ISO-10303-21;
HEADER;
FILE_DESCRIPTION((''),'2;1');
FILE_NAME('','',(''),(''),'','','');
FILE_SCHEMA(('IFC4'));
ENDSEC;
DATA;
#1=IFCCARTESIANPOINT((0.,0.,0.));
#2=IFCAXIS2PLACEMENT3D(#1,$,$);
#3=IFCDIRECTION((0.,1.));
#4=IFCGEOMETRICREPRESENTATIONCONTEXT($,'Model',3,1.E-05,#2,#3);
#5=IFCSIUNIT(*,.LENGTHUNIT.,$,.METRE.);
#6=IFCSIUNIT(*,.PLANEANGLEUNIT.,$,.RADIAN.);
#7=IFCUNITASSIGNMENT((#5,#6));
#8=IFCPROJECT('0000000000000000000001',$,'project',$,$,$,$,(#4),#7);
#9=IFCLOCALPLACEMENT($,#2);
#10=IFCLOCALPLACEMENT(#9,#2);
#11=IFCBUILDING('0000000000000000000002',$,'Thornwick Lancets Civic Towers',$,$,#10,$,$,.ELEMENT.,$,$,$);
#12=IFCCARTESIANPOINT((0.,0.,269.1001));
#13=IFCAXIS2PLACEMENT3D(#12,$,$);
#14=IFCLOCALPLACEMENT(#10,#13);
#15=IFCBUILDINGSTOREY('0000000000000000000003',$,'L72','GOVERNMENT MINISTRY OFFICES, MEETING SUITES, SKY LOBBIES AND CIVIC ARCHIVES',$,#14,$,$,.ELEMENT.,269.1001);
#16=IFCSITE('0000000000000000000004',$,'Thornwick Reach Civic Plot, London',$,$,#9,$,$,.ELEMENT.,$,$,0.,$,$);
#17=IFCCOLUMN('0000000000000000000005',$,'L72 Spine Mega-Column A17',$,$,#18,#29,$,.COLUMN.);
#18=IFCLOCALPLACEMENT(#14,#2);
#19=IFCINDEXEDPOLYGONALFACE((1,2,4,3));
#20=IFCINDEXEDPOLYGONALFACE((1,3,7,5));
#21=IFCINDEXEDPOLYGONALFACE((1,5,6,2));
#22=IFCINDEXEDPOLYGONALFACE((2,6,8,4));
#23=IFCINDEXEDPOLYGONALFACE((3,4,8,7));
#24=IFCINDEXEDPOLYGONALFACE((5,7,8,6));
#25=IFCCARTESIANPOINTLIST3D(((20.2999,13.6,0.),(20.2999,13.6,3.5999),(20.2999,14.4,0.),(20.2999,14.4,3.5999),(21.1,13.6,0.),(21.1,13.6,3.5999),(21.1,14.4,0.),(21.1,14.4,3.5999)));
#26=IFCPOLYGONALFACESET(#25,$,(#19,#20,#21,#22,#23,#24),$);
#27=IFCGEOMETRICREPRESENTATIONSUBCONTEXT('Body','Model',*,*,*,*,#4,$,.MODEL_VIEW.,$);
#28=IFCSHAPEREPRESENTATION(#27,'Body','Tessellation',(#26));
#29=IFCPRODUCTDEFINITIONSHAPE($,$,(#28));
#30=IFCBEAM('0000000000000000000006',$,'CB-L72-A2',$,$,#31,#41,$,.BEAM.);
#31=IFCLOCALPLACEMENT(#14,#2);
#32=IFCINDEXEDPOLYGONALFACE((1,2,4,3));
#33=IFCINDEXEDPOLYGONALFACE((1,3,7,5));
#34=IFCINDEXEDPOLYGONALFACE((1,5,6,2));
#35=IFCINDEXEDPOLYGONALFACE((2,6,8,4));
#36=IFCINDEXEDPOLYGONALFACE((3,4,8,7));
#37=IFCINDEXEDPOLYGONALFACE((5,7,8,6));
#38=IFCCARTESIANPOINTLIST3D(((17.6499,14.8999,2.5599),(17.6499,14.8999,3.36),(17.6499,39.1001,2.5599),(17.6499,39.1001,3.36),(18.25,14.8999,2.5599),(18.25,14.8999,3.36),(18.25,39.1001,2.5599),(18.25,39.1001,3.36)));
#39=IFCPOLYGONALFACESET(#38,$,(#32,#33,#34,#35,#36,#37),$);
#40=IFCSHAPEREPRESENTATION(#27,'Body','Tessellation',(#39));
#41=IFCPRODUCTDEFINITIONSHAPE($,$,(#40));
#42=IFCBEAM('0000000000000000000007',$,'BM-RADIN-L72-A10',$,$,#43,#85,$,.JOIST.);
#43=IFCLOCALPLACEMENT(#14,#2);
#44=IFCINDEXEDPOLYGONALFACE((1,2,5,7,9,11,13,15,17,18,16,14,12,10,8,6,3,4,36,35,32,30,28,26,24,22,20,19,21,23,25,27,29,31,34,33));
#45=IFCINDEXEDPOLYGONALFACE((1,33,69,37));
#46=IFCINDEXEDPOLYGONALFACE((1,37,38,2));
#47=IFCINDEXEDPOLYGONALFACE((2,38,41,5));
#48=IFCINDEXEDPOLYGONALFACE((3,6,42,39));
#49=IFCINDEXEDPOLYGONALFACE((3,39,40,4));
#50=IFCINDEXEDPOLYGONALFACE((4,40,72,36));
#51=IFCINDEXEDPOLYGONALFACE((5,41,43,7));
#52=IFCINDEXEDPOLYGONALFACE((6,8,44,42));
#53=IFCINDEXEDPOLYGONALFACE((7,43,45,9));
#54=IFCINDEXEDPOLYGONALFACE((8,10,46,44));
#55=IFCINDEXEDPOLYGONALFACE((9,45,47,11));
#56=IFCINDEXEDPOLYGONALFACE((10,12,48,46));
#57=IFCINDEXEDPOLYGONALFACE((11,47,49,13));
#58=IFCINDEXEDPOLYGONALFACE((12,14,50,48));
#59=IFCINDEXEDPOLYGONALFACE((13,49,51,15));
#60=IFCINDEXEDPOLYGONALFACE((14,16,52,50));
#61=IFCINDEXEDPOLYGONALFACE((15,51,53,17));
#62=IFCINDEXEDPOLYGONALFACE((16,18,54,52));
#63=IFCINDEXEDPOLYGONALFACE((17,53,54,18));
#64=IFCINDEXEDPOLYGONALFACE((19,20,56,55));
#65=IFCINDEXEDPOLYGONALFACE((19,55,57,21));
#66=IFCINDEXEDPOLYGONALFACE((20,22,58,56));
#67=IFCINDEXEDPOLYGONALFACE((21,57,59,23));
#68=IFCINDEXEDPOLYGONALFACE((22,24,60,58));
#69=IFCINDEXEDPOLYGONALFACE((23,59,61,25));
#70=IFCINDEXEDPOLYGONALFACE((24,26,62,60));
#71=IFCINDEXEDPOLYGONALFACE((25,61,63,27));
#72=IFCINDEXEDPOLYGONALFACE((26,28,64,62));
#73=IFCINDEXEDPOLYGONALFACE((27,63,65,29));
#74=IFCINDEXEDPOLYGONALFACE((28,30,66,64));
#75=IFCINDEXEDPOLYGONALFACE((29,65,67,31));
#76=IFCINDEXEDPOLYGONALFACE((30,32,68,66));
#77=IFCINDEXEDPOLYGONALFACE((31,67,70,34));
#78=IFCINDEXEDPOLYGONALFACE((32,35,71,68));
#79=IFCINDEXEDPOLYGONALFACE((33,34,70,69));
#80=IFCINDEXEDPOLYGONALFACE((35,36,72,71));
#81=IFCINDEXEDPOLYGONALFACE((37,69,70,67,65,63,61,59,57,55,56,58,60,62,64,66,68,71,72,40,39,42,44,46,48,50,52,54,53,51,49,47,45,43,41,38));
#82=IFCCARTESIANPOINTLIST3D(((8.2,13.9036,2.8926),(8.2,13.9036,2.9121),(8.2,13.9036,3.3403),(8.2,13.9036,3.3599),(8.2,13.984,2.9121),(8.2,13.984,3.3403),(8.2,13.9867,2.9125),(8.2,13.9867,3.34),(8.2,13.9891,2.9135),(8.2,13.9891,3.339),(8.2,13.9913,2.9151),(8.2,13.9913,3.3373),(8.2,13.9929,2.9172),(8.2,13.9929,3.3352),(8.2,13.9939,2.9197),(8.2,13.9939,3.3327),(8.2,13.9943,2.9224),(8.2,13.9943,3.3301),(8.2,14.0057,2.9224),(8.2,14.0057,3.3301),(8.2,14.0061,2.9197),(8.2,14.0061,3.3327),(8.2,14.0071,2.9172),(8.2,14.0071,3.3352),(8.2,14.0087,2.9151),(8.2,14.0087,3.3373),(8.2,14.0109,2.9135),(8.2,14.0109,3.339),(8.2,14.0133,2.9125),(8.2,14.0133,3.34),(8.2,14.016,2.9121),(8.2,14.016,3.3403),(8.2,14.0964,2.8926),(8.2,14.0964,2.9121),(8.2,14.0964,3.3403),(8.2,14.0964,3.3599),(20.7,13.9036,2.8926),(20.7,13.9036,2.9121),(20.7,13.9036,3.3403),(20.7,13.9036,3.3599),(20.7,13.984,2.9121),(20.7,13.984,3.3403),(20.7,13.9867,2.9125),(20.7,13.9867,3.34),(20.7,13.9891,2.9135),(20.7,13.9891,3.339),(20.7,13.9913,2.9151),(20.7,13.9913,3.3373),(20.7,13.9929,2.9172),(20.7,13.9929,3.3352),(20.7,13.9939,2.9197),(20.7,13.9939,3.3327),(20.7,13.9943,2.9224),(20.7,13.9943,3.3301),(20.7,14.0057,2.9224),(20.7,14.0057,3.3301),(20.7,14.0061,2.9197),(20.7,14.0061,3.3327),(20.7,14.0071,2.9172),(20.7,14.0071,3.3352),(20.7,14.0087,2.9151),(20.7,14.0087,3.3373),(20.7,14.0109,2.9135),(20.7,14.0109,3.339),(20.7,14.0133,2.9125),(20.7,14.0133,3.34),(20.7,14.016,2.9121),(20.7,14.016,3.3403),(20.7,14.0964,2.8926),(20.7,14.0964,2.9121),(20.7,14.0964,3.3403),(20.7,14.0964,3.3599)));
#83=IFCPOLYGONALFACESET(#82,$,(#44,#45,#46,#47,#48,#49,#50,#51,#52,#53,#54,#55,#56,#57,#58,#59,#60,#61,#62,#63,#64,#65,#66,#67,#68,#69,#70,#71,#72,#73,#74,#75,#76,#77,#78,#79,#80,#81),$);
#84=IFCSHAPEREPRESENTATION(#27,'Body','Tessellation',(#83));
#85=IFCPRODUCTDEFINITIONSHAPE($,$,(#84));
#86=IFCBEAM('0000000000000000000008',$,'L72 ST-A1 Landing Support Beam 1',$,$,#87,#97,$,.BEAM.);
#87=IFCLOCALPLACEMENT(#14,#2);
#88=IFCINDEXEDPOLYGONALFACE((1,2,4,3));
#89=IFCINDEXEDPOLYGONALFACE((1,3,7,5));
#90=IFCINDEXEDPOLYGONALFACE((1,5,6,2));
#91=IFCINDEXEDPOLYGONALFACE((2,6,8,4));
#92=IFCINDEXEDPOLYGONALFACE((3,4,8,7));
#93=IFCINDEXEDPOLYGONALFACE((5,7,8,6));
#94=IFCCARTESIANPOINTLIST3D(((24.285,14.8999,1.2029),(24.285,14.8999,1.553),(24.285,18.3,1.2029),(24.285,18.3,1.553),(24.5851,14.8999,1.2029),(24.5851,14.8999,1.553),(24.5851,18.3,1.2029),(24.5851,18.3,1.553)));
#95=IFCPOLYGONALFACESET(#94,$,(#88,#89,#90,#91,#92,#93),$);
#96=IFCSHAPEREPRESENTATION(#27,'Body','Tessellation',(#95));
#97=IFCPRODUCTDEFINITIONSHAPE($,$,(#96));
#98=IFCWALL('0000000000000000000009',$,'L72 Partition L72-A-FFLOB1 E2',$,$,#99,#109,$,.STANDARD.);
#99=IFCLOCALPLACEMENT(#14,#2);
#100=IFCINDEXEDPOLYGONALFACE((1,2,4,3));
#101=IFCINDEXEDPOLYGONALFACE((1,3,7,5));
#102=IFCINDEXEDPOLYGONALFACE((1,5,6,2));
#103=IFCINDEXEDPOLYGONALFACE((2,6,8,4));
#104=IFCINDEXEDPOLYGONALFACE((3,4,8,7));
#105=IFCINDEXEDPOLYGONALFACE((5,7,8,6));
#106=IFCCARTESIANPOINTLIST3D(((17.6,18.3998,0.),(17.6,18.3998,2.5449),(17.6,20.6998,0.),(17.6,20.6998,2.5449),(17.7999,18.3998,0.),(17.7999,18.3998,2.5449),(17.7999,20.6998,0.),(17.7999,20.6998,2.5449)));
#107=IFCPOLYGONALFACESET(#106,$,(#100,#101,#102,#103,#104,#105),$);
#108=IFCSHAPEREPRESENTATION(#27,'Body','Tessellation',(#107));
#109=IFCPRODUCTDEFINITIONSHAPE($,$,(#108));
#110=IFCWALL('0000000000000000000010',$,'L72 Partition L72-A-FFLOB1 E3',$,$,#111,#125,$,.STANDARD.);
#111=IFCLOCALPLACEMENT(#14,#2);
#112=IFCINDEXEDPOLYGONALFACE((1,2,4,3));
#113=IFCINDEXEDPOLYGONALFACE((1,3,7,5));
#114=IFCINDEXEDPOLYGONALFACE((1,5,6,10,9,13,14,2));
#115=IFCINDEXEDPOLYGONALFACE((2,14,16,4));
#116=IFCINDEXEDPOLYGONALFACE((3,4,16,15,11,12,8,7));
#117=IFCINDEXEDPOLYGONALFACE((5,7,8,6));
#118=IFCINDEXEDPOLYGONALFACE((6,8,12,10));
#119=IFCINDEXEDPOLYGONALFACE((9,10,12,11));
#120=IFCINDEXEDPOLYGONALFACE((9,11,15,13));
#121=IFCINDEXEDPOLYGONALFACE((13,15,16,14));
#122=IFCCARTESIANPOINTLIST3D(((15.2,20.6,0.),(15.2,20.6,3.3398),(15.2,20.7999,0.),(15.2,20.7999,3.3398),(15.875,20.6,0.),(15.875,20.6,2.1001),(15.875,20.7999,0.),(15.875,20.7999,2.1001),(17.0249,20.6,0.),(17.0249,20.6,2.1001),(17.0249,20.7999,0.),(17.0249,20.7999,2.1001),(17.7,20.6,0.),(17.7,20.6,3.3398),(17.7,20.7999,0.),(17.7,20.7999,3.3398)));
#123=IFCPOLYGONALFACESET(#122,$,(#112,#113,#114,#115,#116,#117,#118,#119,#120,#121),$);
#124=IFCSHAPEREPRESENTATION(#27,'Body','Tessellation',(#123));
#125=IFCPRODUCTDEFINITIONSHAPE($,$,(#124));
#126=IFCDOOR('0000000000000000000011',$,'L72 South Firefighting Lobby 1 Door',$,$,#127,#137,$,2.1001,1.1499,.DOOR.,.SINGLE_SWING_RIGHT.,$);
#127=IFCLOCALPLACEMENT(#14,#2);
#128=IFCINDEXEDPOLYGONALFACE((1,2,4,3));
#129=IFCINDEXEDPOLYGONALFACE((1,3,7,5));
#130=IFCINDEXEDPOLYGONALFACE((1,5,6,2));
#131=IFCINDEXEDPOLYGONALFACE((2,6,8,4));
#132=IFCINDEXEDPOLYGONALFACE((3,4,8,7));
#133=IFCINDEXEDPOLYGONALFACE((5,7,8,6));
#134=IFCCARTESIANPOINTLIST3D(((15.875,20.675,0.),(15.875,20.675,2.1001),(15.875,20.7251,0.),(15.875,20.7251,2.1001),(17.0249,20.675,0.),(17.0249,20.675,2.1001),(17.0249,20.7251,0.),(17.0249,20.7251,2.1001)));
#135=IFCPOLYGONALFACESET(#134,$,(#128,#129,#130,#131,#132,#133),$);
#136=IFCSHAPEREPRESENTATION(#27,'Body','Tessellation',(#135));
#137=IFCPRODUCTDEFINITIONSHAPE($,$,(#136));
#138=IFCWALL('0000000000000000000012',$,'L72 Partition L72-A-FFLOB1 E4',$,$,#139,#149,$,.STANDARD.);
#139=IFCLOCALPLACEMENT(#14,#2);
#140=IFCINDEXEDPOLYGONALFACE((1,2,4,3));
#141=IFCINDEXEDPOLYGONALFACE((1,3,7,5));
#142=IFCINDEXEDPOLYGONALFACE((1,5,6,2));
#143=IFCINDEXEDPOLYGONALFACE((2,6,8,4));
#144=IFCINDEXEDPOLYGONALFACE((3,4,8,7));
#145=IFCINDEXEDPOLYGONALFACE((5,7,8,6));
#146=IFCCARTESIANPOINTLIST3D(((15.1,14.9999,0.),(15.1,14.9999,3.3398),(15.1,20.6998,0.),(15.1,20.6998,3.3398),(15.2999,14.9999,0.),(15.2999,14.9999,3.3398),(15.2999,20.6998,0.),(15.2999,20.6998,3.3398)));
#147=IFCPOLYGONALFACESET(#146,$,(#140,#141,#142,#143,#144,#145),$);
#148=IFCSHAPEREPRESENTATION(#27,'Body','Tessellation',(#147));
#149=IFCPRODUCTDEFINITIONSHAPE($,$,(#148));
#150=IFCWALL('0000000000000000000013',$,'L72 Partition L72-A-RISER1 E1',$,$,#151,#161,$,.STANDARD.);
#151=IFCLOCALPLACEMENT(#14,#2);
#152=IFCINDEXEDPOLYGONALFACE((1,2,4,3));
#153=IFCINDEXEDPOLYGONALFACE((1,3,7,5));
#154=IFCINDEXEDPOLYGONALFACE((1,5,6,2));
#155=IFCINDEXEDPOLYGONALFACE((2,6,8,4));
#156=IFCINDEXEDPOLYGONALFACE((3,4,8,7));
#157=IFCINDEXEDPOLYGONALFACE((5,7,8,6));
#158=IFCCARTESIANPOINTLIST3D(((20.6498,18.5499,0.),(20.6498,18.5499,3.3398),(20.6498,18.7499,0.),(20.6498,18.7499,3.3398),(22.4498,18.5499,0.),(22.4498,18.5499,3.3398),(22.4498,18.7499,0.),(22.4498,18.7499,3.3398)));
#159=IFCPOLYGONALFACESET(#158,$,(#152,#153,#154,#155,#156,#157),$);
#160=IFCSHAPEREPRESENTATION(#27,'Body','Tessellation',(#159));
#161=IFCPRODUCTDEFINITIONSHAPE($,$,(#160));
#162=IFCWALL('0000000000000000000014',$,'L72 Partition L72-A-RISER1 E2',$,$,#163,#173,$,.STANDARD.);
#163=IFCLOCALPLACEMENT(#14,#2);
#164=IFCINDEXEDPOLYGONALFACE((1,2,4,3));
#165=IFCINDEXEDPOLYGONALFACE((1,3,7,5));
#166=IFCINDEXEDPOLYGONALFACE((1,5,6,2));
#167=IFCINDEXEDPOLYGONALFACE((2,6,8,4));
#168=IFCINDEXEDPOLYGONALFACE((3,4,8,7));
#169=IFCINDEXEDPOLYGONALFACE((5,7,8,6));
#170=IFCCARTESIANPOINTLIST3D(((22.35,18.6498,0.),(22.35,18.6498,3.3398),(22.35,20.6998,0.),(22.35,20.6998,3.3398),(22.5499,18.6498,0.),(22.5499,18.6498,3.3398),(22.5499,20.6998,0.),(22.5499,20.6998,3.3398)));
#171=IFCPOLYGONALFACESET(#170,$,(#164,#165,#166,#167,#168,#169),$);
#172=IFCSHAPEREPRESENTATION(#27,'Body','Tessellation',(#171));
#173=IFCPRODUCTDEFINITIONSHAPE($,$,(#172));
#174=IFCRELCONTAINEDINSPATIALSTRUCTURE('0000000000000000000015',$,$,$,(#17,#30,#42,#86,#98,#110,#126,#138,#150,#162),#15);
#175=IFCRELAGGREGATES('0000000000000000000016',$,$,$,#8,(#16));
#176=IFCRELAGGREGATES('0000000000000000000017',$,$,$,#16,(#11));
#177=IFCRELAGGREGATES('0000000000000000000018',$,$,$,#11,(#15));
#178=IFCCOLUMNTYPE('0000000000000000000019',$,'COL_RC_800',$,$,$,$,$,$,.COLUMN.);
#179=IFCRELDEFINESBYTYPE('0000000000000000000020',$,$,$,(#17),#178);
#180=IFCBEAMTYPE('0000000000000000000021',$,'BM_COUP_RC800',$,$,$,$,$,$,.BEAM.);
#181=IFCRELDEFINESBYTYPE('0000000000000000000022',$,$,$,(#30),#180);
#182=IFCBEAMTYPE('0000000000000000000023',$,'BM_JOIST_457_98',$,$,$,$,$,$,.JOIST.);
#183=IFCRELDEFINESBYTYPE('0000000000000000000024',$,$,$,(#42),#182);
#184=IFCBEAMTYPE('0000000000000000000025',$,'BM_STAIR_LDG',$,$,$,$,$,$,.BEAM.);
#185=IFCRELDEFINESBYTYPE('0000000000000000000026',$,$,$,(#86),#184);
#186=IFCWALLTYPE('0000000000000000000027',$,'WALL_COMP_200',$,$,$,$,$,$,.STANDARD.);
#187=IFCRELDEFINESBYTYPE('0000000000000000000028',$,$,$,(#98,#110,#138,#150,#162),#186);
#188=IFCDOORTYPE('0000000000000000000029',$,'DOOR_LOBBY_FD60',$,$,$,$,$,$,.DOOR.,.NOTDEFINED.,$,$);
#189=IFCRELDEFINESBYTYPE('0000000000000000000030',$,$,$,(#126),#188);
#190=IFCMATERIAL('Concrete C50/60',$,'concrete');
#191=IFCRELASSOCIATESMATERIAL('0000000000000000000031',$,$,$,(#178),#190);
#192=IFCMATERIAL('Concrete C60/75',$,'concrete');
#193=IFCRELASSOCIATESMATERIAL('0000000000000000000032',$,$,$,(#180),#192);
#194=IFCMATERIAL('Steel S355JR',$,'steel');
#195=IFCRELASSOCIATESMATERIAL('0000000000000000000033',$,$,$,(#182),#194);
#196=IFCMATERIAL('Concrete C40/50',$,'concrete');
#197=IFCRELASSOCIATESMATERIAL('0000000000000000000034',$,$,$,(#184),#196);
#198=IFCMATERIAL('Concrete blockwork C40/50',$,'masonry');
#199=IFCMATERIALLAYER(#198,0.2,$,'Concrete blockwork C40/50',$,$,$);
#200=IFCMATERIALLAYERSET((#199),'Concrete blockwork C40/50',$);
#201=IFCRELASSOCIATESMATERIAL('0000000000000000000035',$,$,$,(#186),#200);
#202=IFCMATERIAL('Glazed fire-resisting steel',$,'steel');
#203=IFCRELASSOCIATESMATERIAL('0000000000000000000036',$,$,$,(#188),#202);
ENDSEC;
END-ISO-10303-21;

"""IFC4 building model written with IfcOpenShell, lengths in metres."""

from ifc_helpers import new_model, si_unit, direction, frame, frame_2d, origin, origin_2d, place, context, subcontext, project, spatial, rectangle, i_section, extrude, material, layer, layer_set, material_profile, profile_set, type_object, element, fill, save


model = new_model("IFC4")

# Units and contexts
model_context = context("Model", 3, precision=1e-05, world=origin(), true_north=direction((0.0, 1.0)))
body_context = subcontext(model_context, "Body", "Model", "MODEL_VIEW")
ifc_project = project(units=[si_unit("LENGTHUNIT", "METRE"), si_unit("PLANEANGLEUNIT", "RADIAN")], contexts=[model_context])

# Site, building, storey
site_placement = place(None, origin())
site = spatial("IfcSite", under=ifc_project, at=site_placement, Name="Thornwick Reach Civic Plot, London", CompositionType="ELEMENT", RefElevation=0.0)
building_placement = place(site_placement, origin())
building = spatial("IfcBuilding", under=site, at=building_placement, Name="Thornwick Lancets Civic Towers", CompositionType="ELEMENT")
storey_placement = place(building_placement, frame((0.0, 0.0, 269.1001)))
storey = spatial("IfcBuildingStorey", under=building, at=storey_placement, Name="L72", Description="GOVERNMENT MINISTRY OFFICES, MEETING SUITES, SKY LOBBIES AND CIVIC ARCHIVES", CompositionType="ELEMENT", Elevation=269.1001)

# Column
ifc_material_1 = material(Name="Concrete C50/60", Category="concrete")
ifc_material_profile_1 = material_profile(ifc_material_1, rectangle(XDim=0.8, YDim=0.8, at=origin_2d()), Name="RC 800x800")
ifc_profile_set_1 = profile_set([ifc_material_profile_1], Name="Concrete C50/60")
column_type = type_object("IfcColumnType", Name="COL_RC_800", PredefinedType="COLUMN", material=ifc_profile_set_1)
column_placement = place(storey_placement, frame((20.7, 14.0, 0.0), z_axis=(0.0, 0.0, 1.0), x_axis=(1.0, 0.0, 0.0)))
element("IfcColumn", 1, at=column_placement, inside=storey, type_object=column_type, Name="L72 Spine Mega-Column A17", PredefinedType="COLUMN", context=body_context, shape_type="SweptSolid", body=[
    extrude(rectangle(XDim=0.8, YDim=0.8, at=origin_2d()), origin(), (0.0, 0.0, 1.0), 3.5999),
])

# Beams
ifc_material_2 = material(Name="Concrete C60/75", Category="concrete")
ifc_material_profile_2 = material_profile(ifc_material_2, rectangle(XDim=0.6001, YDim=0.8, at=origin_2d()), Name="RC 600x800")
ifc_profile_set_2 = profile_set([ifc_material_profile_2], Name="Concrete C60/75")
beam_type_1 = type_object("IfcBeamType", Name="BM_COUP_RC800", PredefinedType="BEAM", material=ifc_profile_set_2)
beam_1_placement = place(storey_placement, frame((17.95, 14.8999, 2.96), z_axis=(0.0, 1.0, 0.0), x_axis=(-1.0, 0.0, 0.0)))
element("IfcBeam", 2, at=beam_1_placement, inside=storey, type_object=beam_type_1, Name="CB-L72-A2", PredefinedType="BEAM", context=body_context, shape_type="SweptSolid", body=[
    extrude(rectangle(XDim=0.6001, YDim=0.8, at=origin_2d()), origin(), (0.0, 0.0, 1.0), 24.2002),
])
ifc_material_3 = material(Name="Steel S355JR", Category="steel")
ifc_material_profile_3 = material_profile(ifc_material_3, i_section(OverallWidth=0.1929, OverallDepth=0.4673, WebThickness=0.0115, FlangeThickness=0.0195, FilletRadius=0.0103, at=origin_2d()), Name="UKB 457x191x98")
ifc_profile_set_3 = profile_set([ifc_material_profile_3], Name="Steel S355JR")
beam_type_2 = type_object("IfcBeamType", Name="BM_JOIST_457_98", PredefinedType="JOIST", material=ifc_profile_set_3)
beam_2_placement = place(storey_placement, frame((20.7, 14.0, 3.1262), z_axis=(-1.0, 0.0, 0.0), x_axis=(0.0, -1.0, 0.0)))
element("IfcBeam", 3, at=beam_2_placement, inside=storey, type_object=beam_type_2, Name="BM-RADIN-L72-A10", PredefinedType="JOIST", context=body_context, shape_type="SweptSolid", body=[
    extrude(i_section(OverallWidth=0.1929, OverallDepth=0.4673, WebThickness=0.0115, FlangeThickness=0.0195, FilletRadius=0.0103, at=origin_2d()), origin(), (0.0, 0.0, 1.0), 12.5),
])
ifc_material_4 = material(Name="Concrete C40/50", Category="concrete")
ifc_material_profile_4 = material_profile(ifc_material_4, rectangle(XDim=0.3, YDim=0.3501, at=origin_2d()), Name="RC 300x350")
ifc_profile_set_4 = profile_set([ifc_material_profile_4], Name="Concrete C40/50")
beam_type_3 = type_object("IfcBeamType", Name="BM_STAIR_LDG", PredefinedType="BEAM", material=ifc_profile_set_4)
beam_3_placement = place(storey_placement, frame((24.4351, 14.8999, 1.3779), z_axis=(0.0, 1.0, 0.0), x_axis=(-1.0, 0.0, 0.0)))
element("IfcBeam", 4, at=beam_3_placement, inside=storey, type_object=beam_type_3, Name="L72 ST-A1 Landing Support Beam 1", PredefinedType="BEAM", context=body_context, shape_type="SweptSolid", body=[
    extrude(rectangle(XDim=0.3, YDim=0.3501, at=origin_2d()), origin(), (0.0, 0.0, 1.0), 3.4001),
])

# Wall
ifc_material_5 = material(Name="Concrete blockwork C40/50", Category="masonry")
ifc_layer_1 = layer(ifc_material_5, 0.2, Name="Concrete blockwork C40/50")
ifc_layer_set_1 = layer_set([ifc_layer_1], Name="Concrete blockwork C40/50")
wall_type_1 = type_object("IfcWallType", Name="WALL_COMP_200", PredefinedType="STANDARD", material=ifc_layer_set_1)
wall_1_placement = place(storey_placement, frame((17.7, 18.3999, 0.0), z_axis=(0.0, 0.0, 1.0), x_axis=(0.0, 1.0, 0.0)))
element("IfcWall", 5, at=wall_1_placement, inside=storey, type_object=wall_type_1, Name="L72 Partition L72-A-FFLOB1 E2", PredefinedType="STANDARD", context=body_context, shape_type="SweptSolid", body=[
    extrude(rectangle(XDim=2.3, YDim=0.2, at=frame_2d((1.1499, 0.0))), origin(), (0.0, 0.0, 1.0), 2.5449),
])

# Wall, opening, door
wall_2_placement = place(storey_placement, frame((17.7, 20.7, 0.0), z_axis=(0.0, 0.0, 1.0), x_axis=(-1.0, 0.0, 0.0)))
wall_2 = element("IfcWall", 6, at=wall_2_placement, inside=storey, type_object=wall_type_1, Name="L72 Partition L72-A-FFLOB1 E3", PredefinedType="STANDARD", context=body_context, shape_type="SweptSolid", body=[
    extrude(rectangle(XDim=2.5, YDim=0.2, at=frame_2d((1.25, 0.0))), origin(), (0.0, 0.0, 1.0), 3.3398),
])
opening_1_placement = place(wall_2_placement, frame((0.675, 0.0, 0.0)))
opening_1 = element("IfcOpeningElement", 7, at=opening_1_placement, cuts=wall_2, PredefinedType="OPENING", context=body_context, shape_type="SweptSolid", body=[
    extrude(rectangle(XDim=1.1499, YDim=2.1001, at=frame_2d((0.575, 1.05))), frame((0.0, 0.1099, 0.0), z_axis=(0.0, -1.0, 0.0), x_axis=(1.0, 0.0, 0.0)), (0.0, 0.0, 1.0), 0.22),
])
ifc_material_6 = material(Name="Glazed fire-resisting steel", Category="steel")
door_type_1 = type_object("IfcDoorType", Name="DOOR_LOBBY_FD60", OperationType="NOTDEFINED", PredefinedType="DOOR", material=ifc_material_6)
door_1_placement = place(opening_1_placement, origin())
door_1 = element("IfcDoor", 8, at=door_1_placement, inside=storey, type_object=door_type_1, Name="L72 South Firefighting Lobby 1 Door", OperationType="SINGLE_SWING_RIGHT", OverallHeight=2.1001, OverallWidth=1.1499, PredefinedType="DOOR", context=body_context, shape_type="SweptSolid", body=[
    extrude(rectangle(XDim=1.1499, YDim=2.1001, at=frame_2d((0.575, 1.05))), frame((0.0, 0.0249, 0.0), z_axis=(0.0, -1.0, 0.0), x_axis=(1.0, 0.0, 0.0)), (0.0, 0.0, 1.0), 0.05),
])
fill(opening_1, door_1)

# Walls
wall_3_placement = place(storey_placement, frame((15.2, 20.7, 0.0), z_axis=(0.0, 0.0, 1.0), x_axis=(0.0, -1.0, 0.0)))
element("IfcWall", 9, at=wall_3_placement, inside=storey, type_object=wall_type_1, Name="L72 Partition L72-A-FFLOB1 E4", PredefinedType="STANDARD", context=body_context, shape_type="SweptSolid", body=[
    extrude(rectangle(XDim=5.7, YDim=0.2, at=frame_2d((2.8501, 0.0))), origin(), (0.0, 0.0, 1.0), 3.3398),
])
wall_4_placement = place(storey_placement, frame((20.6499, 18.6499, 0.0), z_axis=(0.0, 0.0, 1.0), x_axis=(1.0, 0.0, 0.0)))
element("IfcWall", 10, at=wall_4_placement, inside=storey, type_object=wall_type_1, Name="L72 Partition L72-A-RISER1 E1", PredefinedType="STANDARD", context=body_context, shape_type="SweptSolid", body=[
    extrude(rectangle(XDim=1.8, YDim=0.2, at=frame_2d((0.8999, 0.0))), origin(), (0.0, 0.0, 1.0), 3.3398),
])
wall_5_placement = place(storey_placement, frame((22.45, 18.6499, 0.0), z_axis=(0.0, 0.0, 1.0), x_axis=(0.0, 1.0, 0.0)))
element("IfcWall", 11, at=wall_5_placement, inside=storey, type_object=wall_type_1, Name="L72 Partition L72-A-RISER1 E2", PredefinedType="STANDARD", context=body_context, shape_type="SweptSolid", body=[
    extrude(rectangle(XDim=2.05, YDim=0.2, at=frame_2d((1.0249, 0.0))), origin(), (0.0, 0.0, 1.0), 3.3398),
])

save(model, "model.ifc")
